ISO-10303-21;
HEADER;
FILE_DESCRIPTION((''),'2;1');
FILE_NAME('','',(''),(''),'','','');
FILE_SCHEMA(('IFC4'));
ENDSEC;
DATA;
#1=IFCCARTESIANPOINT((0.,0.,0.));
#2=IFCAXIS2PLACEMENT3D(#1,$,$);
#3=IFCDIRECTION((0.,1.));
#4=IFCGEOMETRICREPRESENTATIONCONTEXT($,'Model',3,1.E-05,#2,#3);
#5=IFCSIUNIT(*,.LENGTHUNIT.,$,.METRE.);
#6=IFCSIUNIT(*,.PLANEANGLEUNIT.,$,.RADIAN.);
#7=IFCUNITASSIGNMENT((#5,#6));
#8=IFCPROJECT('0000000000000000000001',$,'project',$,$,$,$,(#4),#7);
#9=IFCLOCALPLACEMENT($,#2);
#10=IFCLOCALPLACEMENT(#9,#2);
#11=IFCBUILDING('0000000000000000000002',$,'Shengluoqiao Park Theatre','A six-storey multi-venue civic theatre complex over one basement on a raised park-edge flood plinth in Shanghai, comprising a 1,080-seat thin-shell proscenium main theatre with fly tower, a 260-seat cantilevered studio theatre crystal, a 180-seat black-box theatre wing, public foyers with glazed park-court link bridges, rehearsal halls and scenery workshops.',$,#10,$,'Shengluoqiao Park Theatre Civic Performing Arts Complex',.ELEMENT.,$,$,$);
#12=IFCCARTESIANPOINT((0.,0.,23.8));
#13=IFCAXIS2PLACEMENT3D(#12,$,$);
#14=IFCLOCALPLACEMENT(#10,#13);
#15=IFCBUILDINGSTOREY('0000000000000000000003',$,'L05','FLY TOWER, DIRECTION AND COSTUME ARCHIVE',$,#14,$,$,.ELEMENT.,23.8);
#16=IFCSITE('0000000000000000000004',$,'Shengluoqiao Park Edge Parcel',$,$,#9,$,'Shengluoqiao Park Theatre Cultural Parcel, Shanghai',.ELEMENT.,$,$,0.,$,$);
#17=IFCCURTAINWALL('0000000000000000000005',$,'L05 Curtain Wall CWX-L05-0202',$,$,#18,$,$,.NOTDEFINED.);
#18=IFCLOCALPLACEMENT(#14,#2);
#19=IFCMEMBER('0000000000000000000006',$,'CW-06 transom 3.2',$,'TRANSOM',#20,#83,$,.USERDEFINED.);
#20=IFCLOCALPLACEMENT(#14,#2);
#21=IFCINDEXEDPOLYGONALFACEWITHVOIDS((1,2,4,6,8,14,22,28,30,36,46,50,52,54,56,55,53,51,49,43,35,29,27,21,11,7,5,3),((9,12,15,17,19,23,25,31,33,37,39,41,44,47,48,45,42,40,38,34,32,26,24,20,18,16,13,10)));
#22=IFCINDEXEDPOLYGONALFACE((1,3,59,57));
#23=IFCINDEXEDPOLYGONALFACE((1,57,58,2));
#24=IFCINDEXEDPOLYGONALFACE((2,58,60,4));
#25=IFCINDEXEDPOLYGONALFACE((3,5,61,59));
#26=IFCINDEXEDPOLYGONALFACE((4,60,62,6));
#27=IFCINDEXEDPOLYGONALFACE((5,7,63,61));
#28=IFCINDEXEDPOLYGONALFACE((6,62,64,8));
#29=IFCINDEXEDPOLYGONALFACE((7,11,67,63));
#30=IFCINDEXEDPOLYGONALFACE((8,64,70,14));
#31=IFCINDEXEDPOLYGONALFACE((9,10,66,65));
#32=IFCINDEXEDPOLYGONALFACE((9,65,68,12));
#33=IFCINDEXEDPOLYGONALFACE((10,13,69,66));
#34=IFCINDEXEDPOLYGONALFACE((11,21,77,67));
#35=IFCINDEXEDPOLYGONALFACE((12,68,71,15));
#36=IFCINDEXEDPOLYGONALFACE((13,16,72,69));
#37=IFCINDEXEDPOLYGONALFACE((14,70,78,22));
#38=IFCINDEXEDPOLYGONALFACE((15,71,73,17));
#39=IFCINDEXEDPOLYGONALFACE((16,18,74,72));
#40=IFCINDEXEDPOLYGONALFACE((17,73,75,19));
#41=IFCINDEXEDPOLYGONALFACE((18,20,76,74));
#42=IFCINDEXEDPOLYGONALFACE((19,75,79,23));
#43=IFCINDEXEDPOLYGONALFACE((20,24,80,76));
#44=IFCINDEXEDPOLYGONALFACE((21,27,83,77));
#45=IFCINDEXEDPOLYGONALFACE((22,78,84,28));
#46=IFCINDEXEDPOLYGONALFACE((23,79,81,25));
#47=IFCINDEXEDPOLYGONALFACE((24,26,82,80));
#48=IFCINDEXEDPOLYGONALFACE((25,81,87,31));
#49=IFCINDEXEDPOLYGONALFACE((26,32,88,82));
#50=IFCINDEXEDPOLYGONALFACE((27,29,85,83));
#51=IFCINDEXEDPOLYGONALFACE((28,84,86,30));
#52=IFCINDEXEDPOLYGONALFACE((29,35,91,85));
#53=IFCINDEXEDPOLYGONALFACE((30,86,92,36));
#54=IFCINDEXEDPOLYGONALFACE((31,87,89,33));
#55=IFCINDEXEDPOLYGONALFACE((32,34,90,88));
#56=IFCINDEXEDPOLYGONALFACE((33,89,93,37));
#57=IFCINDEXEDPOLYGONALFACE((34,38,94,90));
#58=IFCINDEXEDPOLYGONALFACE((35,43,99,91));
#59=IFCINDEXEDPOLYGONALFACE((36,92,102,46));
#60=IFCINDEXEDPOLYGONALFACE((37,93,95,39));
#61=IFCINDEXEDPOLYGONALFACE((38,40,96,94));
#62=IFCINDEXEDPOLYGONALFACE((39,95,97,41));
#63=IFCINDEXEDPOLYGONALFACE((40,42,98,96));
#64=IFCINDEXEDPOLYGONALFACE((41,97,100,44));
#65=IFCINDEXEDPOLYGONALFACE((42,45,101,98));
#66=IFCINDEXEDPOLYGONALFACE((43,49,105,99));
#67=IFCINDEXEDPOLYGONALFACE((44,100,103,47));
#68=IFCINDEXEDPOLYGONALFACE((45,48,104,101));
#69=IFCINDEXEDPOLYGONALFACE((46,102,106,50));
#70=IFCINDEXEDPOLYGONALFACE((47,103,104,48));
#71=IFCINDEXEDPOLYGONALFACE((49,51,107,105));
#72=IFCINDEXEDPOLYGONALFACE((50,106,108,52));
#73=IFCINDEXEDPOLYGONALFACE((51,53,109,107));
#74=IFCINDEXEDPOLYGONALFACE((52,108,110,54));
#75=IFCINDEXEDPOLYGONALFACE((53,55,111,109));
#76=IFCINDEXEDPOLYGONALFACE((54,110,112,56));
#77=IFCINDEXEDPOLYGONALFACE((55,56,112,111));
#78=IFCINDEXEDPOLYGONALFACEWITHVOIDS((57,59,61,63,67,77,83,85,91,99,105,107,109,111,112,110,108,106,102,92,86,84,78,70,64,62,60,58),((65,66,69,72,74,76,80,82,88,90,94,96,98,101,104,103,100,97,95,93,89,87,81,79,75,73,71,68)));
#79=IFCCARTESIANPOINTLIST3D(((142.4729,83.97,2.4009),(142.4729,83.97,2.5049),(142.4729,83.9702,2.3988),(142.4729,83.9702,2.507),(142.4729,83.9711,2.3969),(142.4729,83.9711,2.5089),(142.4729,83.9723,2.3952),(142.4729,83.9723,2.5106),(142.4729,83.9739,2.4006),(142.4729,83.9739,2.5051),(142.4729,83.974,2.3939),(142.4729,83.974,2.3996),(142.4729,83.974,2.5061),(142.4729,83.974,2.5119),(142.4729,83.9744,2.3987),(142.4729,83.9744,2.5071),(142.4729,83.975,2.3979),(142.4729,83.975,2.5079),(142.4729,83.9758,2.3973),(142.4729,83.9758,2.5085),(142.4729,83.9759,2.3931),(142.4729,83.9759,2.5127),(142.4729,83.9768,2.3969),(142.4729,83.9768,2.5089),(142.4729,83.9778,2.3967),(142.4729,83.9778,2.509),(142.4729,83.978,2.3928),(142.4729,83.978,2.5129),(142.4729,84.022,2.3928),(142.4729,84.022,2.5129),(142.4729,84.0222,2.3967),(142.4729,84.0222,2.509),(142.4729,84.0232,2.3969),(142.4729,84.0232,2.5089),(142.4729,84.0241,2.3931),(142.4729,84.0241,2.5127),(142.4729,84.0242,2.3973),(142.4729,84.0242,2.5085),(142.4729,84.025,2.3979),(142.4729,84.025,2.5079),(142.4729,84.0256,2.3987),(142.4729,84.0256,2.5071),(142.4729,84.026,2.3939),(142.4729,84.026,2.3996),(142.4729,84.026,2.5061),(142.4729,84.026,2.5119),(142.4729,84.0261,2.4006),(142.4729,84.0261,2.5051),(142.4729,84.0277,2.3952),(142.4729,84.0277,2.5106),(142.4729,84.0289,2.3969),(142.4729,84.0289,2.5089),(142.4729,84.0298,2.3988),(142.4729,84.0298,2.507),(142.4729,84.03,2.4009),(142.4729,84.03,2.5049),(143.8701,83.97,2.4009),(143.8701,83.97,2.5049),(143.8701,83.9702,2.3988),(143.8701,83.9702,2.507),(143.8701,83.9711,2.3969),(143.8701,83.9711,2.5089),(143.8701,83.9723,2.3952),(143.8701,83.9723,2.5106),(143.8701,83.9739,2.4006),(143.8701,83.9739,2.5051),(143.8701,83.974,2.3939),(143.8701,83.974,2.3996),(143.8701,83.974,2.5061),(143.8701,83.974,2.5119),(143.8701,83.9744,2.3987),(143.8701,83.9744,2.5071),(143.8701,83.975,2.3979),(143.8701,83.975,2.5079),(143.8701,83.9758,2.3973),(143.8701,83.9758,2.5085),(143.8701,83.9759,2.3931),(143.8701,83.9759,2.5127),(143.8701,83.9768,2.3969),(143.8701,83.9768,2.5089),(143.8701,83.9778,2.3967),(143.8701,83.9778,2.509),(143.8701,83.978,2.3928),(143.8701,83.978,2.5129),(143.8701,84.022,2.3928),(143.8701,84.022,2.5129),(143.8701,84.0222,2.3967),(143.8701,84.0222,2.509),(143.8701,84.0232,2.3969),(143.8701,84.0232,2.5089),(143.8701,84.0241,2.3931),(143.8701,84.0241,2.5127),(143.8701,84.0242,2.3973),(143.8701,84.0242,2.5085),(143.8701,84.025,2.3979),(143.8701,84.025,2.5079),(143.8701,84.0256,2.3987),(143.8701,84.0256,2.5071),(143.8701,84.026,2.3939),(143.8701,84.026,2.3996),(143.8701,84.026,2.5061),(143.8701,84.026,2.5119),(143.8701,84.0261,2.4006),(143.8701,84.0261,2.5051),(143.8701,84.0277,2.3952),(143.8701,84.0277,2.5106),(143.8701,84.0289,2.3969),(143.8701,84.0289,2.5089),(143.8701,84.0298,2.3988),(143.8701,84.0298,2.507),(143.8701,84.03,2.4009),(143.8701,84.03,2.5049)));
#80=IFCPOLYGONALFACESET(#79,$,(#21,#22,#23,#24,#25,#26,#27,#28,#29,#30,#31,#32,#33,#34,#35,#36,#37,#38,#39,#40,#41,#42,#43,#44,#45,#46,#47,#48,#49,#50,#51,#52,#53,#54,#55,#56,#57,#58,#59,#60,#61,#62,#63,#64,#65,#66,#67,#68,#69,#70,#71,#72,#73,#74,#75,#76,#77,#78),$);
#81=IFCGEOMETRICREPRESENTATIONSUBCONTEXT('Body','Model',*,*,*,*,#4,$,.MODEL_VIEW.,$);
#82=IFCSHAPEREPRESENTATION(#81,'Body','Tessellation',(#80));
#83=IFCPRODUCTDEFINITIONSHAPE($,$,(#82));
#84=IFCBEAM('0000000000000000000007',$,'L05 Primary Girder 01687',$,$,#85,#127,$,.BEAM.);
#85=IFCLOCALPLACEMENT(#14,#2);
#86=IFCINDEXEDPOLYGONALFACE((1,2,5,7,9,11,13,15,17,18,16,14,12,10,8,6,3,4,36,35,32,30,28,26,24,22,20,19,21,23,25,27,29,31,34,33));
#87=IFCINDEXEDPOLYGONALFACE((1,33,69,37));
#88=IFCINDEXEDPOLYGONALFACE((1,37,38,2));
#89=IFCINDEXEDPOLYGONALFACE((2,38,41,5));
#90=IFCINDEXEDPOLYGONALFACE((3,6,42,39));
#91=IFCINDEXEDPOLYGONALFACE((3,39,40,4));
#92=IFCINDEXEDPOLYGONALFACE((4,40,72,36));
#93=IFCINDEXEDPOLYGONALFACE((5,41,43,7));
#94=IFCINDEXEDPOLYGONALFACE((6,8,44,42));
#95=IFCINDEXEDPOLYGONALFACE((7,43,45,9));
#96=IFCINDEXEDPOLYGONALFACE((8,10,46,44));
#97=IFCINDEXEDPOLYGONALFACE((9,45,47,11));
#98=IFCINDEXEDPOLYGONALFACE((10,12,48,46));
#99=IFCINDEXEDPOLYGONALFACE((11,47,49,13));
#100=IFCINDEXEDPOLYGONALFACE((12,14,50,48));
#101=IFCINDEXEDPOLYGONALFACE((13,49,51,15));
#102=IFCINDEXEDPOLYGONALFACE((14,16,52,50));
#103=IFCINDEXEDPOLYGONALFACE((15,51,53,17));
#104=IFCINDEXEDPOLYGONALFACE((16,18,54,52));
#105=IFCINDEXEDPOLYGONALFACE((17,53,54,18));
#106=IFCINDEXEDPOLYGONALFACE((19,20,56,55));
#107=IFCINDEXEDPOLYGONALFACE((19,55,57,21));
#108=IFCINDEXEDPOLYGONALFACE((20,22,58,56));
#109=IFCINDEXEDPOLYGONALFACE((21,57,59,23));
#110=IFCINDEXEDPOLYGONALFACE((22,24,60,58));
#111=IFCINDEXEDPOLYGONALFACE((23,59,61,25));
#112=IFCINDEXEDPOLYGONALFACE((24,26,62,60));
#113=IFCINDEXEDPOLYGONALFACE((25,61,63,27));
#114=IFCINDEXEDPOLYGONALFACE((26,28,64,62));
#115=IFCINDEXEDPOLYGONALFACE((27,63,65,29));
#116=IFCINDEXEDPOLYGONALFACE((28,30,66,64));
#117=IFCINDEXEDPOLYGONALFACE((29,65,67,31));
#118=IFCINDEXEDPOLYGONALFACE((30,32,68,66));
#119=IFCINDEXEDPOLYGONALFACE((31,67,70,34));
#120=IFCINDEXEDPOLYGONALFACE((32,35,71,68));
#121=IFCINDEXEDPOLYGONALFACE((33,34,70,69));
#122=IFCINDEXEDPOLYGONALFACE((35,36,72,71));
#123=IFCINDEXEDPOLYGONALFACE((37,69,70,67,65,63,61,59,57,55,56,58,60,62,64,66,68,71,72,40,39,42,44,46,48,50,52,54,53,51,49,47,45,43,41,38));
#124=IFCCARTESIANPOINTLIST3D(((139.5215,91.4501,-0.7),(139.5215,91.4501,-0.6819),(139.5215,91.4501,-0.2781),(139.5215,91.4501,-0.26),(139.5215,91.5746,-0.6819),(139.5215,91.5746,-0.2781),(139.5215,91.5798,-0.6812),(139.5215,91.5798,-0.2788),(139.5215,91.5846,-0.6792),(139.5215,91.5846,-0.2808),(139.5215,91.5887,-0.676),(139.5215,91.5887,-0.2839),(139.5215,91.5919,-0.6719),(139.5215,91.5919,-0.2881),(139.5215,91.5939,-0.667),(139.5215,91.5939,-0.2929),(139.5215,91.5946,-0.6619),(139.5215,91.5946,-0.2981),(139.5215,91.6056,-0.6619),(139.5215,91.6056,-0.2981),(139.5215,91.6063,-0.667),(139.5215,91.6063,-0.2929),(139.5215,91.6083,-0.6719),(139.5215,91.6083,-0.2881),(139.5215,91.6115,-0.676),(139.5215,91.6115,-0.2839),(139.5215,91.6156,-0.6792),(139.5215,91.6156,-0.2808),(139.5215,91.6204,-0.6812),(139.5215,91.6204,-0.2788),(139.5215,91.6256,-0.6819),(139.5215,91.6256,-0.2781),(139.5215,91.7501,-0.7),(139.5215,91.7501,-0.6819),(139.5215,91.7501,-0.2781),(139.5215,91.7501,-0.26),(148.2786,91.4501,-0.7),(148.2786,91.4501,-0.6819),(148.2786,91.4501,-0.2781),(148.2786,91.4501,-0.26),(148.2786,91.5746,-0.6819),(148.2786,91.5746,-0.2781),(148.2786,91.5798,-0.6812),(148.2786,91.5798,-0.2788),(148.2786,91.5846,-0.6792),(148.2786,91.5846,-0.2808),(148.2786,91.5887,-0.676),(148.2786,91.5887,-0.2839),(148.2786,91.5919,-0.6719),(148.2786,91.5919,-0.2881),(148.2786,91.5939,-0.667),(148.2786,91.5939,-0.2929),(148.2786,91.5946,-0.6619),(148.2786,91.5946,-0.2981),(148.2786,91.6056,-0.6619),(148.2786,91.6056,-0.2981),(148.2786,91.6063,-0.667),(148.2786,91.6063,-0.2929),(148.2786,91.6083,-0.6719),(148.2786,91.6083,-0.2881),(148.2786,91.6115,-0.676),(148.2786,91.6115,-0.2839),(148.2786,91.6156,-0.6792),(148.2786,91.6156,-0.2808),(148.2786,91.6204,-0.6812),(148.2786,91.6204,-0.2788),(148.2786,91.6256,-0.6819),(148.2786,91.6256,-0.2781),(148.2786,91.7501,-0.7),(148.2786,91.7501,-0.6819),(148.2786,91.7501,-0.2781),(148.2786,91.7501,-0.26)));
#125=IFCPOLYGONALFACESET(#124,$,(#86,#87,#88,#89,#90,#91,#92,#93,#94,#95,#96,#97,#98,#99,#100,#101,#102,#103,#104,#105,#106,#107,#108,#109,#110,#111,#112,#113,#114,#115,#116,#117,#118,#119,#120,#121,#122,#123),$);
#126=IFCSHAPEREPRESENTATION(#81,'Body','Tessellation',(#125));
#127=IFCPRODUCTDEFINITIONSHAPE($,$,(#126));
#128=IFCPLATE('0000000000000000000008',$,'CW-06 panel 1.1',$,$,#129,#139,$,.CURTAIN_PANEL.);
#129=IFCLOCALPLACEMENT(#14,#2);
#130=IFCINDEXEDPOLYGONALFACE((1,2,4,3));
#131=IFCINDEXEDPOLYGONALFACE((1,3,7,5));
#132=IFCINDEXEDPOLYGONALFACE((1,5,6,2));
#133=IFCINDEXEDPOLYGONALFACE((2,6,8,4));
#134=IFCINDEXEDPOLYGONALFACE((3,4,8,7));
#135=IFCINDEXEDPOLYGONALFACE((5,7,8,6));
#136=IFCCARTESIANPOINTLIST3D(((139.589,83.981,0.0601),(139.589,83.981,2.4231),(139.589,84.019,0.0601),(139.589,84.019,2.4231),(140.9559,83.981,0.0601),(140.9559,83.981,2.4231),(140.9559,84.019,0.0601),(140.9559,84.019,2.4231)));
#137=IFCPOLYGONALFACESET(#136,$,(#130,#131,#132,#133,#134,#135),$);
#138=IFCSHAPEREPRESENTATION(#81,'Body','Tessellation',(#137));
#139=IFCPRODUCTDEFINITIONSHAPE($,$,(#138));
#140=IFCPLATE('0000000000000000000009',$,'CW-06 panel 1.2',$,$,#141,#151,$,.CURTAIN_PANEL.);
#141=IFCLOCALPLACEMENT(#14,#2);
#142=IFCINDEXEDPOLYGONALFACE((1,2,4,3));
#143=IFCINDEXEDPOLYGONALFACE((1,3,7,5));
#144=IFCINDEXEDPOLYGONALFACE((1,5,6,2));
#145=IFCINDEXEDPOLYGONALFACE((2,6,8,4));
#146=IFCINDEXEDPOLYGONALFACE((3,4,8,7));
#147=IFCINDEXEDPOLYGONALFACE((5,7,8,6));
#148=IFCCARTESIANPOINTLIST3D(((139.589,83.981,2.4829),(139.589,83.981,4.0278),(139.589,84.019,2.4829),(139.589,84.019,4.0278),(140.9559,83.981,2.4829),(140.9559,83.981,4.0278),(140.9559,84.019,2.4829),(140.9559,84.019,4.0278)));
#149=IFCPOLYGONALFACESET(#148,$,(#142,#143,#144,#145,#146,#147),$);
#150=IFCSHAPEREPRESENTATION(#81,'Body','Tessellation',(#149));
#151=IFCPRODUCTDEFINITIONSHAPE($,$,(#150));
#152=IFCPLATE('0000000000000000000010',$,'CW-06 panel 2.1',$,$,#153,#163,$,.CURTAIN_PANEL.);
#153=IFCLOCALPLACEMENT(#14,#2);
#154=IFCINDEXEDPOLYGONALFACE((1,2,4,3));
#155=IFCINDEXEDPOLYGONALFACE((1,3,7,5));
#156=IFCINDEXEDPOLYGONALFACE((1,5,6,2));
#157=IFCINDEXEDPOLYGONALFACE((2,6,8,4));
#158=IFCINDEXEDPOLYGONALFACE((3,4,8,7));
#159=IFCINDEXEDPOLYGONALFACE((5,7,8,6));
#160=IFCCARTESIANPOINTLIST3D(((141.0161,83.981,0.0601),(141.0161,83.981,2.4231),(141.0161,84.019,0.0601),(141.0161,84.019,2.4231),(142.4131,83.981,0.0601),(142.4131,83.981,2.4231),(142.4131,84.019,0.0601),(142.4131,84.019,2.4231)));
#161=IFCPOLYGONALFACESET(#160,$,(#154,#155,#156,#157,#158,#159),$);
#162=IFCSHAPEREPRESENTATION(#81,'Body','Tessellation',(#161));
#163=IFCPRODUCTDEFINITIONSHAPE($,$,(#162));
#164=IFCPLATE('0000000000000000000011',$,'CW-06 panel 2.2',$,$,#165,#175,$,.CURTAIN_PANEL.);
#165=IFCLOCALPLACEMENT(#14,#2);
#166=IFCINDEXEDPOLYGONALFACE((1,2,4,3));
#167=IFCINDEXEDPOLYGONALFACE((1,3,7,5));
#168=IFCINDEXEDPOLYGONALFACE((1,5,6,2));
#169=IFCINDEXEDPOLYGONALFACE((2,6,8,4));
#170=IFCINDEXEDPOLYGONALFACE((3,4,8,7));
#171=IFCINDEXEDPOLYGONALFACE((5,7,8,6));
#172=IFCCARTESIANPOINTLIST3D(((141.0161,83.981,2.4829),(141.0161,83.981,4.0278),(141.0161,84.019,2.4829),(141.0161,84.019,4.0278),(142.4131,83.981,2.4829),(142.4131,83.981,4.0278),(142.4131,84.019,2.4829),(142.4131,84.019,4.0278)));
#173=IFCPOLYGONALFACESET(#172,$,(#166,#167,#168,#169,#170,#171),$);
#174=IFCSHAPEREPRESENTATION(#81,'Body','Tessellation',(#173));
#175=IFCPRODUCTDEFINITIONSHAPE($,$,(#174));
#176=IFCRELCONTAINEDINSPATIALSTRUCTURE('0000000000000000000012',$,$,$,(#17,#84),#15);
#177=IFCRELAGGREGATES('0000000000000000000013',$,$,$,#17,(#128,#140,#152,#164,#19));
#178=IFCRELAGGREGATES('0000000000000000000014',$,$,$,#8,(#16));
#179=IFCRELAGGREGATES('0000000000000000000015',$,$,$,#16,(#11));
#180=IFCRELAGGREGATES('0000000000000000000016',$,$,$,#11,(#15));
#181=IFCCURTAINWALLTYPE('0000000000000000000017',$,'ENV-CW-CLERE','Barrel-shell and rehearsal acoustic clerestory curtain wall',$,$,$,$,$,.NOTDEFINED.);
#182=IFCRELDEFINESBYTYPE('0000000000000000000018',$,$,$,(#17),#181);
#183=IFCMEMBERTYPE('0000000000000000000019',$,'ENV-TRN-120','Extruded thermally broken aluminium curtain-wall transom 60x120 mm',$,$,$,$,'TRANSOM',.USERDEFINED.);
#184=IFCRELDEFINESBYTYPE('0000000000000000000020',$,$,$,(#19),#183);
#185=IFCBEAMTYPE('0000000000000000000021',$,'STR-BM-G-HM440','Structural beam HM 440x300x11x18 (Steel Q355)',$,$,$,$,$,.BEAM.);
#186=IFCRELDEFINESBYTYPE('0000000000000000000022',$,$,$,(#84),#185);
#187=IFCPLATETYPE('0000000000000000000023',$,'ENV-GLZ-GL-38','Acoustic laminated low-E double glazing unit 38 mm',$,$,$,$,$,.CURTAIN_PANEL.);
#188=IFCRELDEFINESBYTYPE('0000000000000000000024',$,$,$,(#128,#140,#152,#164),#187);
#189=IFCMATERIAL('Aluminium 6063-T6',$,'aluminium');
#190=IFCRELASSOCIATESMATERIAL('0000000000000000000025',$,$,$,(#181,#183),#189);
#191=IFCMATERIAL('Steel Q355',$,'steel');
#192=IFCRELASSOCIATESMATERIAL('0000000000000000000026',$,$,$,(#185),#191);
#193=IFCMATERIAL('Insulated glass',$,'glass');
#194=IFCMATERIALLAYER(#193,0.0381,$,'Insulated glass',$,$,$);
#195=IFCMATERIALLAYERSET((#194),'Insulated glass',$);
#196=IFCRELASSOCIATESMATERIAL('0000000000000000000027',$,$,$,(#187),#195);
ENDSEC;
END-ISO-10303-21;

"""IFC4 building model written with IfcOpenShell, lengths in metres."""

from ifc_helpers import new_model, si_unit, direction, frame, origin, origin_2d, place, context, subcontext, project, spatial, rectangle, hollow_rectangle, i_section, extrude, material, layer, layer_set, material_profile, profile_set, type_object, element, aggregate, save


model = new_model("IFC4")

# Units and contexts
model_context = context("Model", 3, precision=1e-05, world=origin(), true_north=direction((0.0, 1.0)))
body_context = subcontext(model_context, "Body", "Model", "MODEL_VIEW")
ifc_project = project(units=[si_unit("LENGTHUNIT", "METRE"), si_unit("PLANEANGLEUNIT", "RADIAN")], contexts=[model_context])

# Site, building, storey
site_placement = place(None, origin())
site = spatial("IfcSite", under=ifc_project, at=site_placement, Name="Shengluoqiao Park Edge Parcel", LongName="Shengluoqiao Park Theatre Cultural Parcel, Shanghai", CompositionType="ELEMENT", RefElevation=0.0)
building_placement = place(site_placement, origin())
building = spatial("IfcBuilding", under=site, at=building_placement, Name="Shengluoqiao Park Theatre", Description="A six-storey multi-venue civic theatre complex over one basement on a raised park-edge flood plinth in Shanghai, comprising a 1,080-seat thin-shell proscenium main theatre with fly tower, a 260-seat cantilevered studio theatre crystal, a 180-seat black-box theatre wing, public foyers with glazed park-court link bridges, rehearsal halls and scenery workshops.", LongName="Shengluoqiao Park Theatre Civic Performing Arts Complex", CompositionType="ELEMENT")
storey_placement = place(building_placement, frame((0.0, 0.0, 23.8)))
storey = spatial("IfcBuildingStorey", under=building, at=storey_placement, Name="L05", Description="FLY TOWER, DIRECTION AND COSTUME ARCHIVE", CompositionType="ELEMENT", Elevation=23.8)

# Curtain wall, member
ifc_material_1 = material(Name="Aluminium 6063-T6", Category="aluminium")
curtain_wall_type = type_object("IfcCurtainWallType", Name="ENV-CW-CLERE", Description="Barrel-shell and rehearsal acoustic clerestory curtain wall", PredefinedType="NOTDEFINED", material=ifc_material_1)
curtain_wall_placement = place(storey_placement, origin())
curtain_wall = element("IfcCurtainWall", 1, at=curtain_wall_placement, inside=storey, type_object=curtain_wall_type, Name="L05 Curtain Wall CWX-L05-0202", PredefinedType="NOTDEFINED")
ifc_material_profile_1 = material_profile(ifc_material_1, hollow_rectangle(XDim=0.0601, YDim=0.1201, WallThickness=0.0039, InnerFilletRadius=0.0039, OuterFilletRadius=0.0081, at=origin_2d()), Name="ALU TRANSOM 120x60x4")
ifc_profile_set_1 = profile_set([ifc_material_profile_1], Name="Aluminium 6063-T6")
member_type_1 = type_object("IfcMemberType", Name="ENV-TRN-120", Description="Extruded thermally broken aluminium curtain-wall transom 60x120 mm", ElementType="TRANSOM", PredefinedType="USERDEFINED", material=ifc_profile_set_1)
member_1_placement = place(storey_placement, frame((142.4729, 84.0, 2.4529), z_axis=(1.0, 0.0, 0.0), x_axis=(0.0, 1.0, 0.0)))
member_1 = element("IfcMember", 2, at=member_1_placement, type_object=member_type_1, Name="CW-06 transom 3.2", ObjectType="TRANSOM", PredefinedType="USERDEFINED", context=body_context, shape_type="SweptSolid", body=[
    extrude(hollow_rectangle(XDim=0.0601, YDim=0.1201, WallThickness=0.0039, InnerFilletRadius=0.0039, OuterFilletRadius=0.0081, at=origin_2d()), origin(), (0.0, 0.0, 1.0), 1.3972),
])

# Beam
ifc_material_2 = material(Name="Steel Q355", Category="steel")
ifc_material_profile_2 = material_profile(ifc_material_2, i_section(OverallWidth=0.3, OverallDepth=0.4399, WebThickness=0.011, FlangeThickness=0.0181, FilletRadius=0.02, at=origin_2d()), Name="HM 440x300x11x18")
ifc_profile_set_2 = profile_set([ifc_material_profile_2], Name="Steel Q355")
beam_type = type_object("IfcBeamType", Name="STR-BM-G-HM440", Description="Structural beam HM 440x300x11x18 (Steel Q355)", PredefinedType="BEAM", material=ifc_profile_set_2)
beam_placement = place(storey_placement, frame((139.5215, 91.6001, -0.48), z_axis=(1.0, 0.0, 0.0), x_axis=(0.0, 1.0, 0.0)))
element("IfcBeam", 3, at=beam_placement, inside=storey, type_object=beam_type, Name="L05 Primary Girder 01687", PredefinedType="BEAM", context=body_context, shape_type="SweptSolid", body=[
    extrude(i_section(OverallWidth=0.3, OverallDepth=0.4399, WebThickness=0.011, FlangeThickness=0.0181, FilletRadius=0.02, at=origin_2d()), origin(), (0.0, 0.0, 1.0), 8.7571),
])

# Plates
ifc_material_3 = material(Name="Insulated glass", Category="glass")
ifc_layer_1 = layer(ifc_material_3, 0.0381, Name="Insulated glass")
ifc_layer_set_1 = layer_set([ifc_layer_1], Name="Insulated glass")
plate_type = type_object("IfcPlateType", Name="ENV-GLZ-GL-38", Description="Acoustic laminated low-E double glazing unit 38 mm", PredefinedType="CURTAIN_PANEL", material=ifc_layer_set_1)
plate_1_placement = place(storey_placement, frame((140.2725, 84.0, 0.0601), z_axis=(0.0, 0.0, 1.0), x_axis=(1.0, 0.0, 0.0)))
plate_1 = element("IfcPlate", 4, at=plate_1_placement, type_object=plate_type, Name="CW-06 panel 1.1", PredefinedType="CURTAIN_PANEL", context=body_context, shape_type="SweptSolid", body=[
    extrude(rectangle(XDim=1.3669, YDim=0.0381, at=origin_2d()), origin(), (0.0, 0.0, 1.0), 2.363),
])
plate_2_placement = place(storey_placement, frame((140.2725, 84.0, 2.4829), z_axis=(0.0, 0.0, 1.0), x_axis=(1.0, 0.0, 0.0)))
plate_2 = element("IfcPlate", 5, at=plate_2_placement, type_object=plate_type, Name="CW-06 panel 1.2", PredefinedType="CURTAIN_PANEL", context=body_context, shape_type="SweptSolid", body=[
    extrude(rectangle(XDim=1.3669, YDim=0.0381, at=origin_2d()), origin(), (0.0, 0.0, 1.0), 1.5449),
])
plate_3_placement = place(storey_placement, frame((141.7146, 84.0, 0.0601), z_axis=(0.0, 0.0, 1.0), x_axis=(1.0, 0.0, 0.0)))
plate_3 = element("IfcPlate", 6, at=plate_3_placement, type_object=plate_type, Name="CW-06 panel 2.1", PredefinedType="CURTAIN_PANEL", context=body_context, shape_type="SweptSolid", body=[
    extrude(rectangle(XDim=1.397, YDim=0.0381, at=origin_2d()), origin(), (0.0, 0.0, 1.0), 2.363),
])
plate_4_placement = place(storey_placement, frame((141.7146, 84.0, 2.4829), z_axis=(0.0, 0.0, 1.0), x_axis=(1.0, 0.0, 0.0)))
plate_4 = element("IfcPlate", 7, at=plate_4_placement, type_object=plate_type, Name="CW-06 panel 2.2", PredefinedType="CURTAIN_PANEL", context=body_context, shape_type="SweptSolid", body=[
    extrude(rectangle(XDim=1.397, YDim=0.0381, at=origin_2d()), origin(), (0.0, 0.0, 1.0), 1.5449),
])
aggregate(curtain_wall, [plate_1, plate_2, plate_3, plate_4, member_1])

save(model, "model.ifc")
